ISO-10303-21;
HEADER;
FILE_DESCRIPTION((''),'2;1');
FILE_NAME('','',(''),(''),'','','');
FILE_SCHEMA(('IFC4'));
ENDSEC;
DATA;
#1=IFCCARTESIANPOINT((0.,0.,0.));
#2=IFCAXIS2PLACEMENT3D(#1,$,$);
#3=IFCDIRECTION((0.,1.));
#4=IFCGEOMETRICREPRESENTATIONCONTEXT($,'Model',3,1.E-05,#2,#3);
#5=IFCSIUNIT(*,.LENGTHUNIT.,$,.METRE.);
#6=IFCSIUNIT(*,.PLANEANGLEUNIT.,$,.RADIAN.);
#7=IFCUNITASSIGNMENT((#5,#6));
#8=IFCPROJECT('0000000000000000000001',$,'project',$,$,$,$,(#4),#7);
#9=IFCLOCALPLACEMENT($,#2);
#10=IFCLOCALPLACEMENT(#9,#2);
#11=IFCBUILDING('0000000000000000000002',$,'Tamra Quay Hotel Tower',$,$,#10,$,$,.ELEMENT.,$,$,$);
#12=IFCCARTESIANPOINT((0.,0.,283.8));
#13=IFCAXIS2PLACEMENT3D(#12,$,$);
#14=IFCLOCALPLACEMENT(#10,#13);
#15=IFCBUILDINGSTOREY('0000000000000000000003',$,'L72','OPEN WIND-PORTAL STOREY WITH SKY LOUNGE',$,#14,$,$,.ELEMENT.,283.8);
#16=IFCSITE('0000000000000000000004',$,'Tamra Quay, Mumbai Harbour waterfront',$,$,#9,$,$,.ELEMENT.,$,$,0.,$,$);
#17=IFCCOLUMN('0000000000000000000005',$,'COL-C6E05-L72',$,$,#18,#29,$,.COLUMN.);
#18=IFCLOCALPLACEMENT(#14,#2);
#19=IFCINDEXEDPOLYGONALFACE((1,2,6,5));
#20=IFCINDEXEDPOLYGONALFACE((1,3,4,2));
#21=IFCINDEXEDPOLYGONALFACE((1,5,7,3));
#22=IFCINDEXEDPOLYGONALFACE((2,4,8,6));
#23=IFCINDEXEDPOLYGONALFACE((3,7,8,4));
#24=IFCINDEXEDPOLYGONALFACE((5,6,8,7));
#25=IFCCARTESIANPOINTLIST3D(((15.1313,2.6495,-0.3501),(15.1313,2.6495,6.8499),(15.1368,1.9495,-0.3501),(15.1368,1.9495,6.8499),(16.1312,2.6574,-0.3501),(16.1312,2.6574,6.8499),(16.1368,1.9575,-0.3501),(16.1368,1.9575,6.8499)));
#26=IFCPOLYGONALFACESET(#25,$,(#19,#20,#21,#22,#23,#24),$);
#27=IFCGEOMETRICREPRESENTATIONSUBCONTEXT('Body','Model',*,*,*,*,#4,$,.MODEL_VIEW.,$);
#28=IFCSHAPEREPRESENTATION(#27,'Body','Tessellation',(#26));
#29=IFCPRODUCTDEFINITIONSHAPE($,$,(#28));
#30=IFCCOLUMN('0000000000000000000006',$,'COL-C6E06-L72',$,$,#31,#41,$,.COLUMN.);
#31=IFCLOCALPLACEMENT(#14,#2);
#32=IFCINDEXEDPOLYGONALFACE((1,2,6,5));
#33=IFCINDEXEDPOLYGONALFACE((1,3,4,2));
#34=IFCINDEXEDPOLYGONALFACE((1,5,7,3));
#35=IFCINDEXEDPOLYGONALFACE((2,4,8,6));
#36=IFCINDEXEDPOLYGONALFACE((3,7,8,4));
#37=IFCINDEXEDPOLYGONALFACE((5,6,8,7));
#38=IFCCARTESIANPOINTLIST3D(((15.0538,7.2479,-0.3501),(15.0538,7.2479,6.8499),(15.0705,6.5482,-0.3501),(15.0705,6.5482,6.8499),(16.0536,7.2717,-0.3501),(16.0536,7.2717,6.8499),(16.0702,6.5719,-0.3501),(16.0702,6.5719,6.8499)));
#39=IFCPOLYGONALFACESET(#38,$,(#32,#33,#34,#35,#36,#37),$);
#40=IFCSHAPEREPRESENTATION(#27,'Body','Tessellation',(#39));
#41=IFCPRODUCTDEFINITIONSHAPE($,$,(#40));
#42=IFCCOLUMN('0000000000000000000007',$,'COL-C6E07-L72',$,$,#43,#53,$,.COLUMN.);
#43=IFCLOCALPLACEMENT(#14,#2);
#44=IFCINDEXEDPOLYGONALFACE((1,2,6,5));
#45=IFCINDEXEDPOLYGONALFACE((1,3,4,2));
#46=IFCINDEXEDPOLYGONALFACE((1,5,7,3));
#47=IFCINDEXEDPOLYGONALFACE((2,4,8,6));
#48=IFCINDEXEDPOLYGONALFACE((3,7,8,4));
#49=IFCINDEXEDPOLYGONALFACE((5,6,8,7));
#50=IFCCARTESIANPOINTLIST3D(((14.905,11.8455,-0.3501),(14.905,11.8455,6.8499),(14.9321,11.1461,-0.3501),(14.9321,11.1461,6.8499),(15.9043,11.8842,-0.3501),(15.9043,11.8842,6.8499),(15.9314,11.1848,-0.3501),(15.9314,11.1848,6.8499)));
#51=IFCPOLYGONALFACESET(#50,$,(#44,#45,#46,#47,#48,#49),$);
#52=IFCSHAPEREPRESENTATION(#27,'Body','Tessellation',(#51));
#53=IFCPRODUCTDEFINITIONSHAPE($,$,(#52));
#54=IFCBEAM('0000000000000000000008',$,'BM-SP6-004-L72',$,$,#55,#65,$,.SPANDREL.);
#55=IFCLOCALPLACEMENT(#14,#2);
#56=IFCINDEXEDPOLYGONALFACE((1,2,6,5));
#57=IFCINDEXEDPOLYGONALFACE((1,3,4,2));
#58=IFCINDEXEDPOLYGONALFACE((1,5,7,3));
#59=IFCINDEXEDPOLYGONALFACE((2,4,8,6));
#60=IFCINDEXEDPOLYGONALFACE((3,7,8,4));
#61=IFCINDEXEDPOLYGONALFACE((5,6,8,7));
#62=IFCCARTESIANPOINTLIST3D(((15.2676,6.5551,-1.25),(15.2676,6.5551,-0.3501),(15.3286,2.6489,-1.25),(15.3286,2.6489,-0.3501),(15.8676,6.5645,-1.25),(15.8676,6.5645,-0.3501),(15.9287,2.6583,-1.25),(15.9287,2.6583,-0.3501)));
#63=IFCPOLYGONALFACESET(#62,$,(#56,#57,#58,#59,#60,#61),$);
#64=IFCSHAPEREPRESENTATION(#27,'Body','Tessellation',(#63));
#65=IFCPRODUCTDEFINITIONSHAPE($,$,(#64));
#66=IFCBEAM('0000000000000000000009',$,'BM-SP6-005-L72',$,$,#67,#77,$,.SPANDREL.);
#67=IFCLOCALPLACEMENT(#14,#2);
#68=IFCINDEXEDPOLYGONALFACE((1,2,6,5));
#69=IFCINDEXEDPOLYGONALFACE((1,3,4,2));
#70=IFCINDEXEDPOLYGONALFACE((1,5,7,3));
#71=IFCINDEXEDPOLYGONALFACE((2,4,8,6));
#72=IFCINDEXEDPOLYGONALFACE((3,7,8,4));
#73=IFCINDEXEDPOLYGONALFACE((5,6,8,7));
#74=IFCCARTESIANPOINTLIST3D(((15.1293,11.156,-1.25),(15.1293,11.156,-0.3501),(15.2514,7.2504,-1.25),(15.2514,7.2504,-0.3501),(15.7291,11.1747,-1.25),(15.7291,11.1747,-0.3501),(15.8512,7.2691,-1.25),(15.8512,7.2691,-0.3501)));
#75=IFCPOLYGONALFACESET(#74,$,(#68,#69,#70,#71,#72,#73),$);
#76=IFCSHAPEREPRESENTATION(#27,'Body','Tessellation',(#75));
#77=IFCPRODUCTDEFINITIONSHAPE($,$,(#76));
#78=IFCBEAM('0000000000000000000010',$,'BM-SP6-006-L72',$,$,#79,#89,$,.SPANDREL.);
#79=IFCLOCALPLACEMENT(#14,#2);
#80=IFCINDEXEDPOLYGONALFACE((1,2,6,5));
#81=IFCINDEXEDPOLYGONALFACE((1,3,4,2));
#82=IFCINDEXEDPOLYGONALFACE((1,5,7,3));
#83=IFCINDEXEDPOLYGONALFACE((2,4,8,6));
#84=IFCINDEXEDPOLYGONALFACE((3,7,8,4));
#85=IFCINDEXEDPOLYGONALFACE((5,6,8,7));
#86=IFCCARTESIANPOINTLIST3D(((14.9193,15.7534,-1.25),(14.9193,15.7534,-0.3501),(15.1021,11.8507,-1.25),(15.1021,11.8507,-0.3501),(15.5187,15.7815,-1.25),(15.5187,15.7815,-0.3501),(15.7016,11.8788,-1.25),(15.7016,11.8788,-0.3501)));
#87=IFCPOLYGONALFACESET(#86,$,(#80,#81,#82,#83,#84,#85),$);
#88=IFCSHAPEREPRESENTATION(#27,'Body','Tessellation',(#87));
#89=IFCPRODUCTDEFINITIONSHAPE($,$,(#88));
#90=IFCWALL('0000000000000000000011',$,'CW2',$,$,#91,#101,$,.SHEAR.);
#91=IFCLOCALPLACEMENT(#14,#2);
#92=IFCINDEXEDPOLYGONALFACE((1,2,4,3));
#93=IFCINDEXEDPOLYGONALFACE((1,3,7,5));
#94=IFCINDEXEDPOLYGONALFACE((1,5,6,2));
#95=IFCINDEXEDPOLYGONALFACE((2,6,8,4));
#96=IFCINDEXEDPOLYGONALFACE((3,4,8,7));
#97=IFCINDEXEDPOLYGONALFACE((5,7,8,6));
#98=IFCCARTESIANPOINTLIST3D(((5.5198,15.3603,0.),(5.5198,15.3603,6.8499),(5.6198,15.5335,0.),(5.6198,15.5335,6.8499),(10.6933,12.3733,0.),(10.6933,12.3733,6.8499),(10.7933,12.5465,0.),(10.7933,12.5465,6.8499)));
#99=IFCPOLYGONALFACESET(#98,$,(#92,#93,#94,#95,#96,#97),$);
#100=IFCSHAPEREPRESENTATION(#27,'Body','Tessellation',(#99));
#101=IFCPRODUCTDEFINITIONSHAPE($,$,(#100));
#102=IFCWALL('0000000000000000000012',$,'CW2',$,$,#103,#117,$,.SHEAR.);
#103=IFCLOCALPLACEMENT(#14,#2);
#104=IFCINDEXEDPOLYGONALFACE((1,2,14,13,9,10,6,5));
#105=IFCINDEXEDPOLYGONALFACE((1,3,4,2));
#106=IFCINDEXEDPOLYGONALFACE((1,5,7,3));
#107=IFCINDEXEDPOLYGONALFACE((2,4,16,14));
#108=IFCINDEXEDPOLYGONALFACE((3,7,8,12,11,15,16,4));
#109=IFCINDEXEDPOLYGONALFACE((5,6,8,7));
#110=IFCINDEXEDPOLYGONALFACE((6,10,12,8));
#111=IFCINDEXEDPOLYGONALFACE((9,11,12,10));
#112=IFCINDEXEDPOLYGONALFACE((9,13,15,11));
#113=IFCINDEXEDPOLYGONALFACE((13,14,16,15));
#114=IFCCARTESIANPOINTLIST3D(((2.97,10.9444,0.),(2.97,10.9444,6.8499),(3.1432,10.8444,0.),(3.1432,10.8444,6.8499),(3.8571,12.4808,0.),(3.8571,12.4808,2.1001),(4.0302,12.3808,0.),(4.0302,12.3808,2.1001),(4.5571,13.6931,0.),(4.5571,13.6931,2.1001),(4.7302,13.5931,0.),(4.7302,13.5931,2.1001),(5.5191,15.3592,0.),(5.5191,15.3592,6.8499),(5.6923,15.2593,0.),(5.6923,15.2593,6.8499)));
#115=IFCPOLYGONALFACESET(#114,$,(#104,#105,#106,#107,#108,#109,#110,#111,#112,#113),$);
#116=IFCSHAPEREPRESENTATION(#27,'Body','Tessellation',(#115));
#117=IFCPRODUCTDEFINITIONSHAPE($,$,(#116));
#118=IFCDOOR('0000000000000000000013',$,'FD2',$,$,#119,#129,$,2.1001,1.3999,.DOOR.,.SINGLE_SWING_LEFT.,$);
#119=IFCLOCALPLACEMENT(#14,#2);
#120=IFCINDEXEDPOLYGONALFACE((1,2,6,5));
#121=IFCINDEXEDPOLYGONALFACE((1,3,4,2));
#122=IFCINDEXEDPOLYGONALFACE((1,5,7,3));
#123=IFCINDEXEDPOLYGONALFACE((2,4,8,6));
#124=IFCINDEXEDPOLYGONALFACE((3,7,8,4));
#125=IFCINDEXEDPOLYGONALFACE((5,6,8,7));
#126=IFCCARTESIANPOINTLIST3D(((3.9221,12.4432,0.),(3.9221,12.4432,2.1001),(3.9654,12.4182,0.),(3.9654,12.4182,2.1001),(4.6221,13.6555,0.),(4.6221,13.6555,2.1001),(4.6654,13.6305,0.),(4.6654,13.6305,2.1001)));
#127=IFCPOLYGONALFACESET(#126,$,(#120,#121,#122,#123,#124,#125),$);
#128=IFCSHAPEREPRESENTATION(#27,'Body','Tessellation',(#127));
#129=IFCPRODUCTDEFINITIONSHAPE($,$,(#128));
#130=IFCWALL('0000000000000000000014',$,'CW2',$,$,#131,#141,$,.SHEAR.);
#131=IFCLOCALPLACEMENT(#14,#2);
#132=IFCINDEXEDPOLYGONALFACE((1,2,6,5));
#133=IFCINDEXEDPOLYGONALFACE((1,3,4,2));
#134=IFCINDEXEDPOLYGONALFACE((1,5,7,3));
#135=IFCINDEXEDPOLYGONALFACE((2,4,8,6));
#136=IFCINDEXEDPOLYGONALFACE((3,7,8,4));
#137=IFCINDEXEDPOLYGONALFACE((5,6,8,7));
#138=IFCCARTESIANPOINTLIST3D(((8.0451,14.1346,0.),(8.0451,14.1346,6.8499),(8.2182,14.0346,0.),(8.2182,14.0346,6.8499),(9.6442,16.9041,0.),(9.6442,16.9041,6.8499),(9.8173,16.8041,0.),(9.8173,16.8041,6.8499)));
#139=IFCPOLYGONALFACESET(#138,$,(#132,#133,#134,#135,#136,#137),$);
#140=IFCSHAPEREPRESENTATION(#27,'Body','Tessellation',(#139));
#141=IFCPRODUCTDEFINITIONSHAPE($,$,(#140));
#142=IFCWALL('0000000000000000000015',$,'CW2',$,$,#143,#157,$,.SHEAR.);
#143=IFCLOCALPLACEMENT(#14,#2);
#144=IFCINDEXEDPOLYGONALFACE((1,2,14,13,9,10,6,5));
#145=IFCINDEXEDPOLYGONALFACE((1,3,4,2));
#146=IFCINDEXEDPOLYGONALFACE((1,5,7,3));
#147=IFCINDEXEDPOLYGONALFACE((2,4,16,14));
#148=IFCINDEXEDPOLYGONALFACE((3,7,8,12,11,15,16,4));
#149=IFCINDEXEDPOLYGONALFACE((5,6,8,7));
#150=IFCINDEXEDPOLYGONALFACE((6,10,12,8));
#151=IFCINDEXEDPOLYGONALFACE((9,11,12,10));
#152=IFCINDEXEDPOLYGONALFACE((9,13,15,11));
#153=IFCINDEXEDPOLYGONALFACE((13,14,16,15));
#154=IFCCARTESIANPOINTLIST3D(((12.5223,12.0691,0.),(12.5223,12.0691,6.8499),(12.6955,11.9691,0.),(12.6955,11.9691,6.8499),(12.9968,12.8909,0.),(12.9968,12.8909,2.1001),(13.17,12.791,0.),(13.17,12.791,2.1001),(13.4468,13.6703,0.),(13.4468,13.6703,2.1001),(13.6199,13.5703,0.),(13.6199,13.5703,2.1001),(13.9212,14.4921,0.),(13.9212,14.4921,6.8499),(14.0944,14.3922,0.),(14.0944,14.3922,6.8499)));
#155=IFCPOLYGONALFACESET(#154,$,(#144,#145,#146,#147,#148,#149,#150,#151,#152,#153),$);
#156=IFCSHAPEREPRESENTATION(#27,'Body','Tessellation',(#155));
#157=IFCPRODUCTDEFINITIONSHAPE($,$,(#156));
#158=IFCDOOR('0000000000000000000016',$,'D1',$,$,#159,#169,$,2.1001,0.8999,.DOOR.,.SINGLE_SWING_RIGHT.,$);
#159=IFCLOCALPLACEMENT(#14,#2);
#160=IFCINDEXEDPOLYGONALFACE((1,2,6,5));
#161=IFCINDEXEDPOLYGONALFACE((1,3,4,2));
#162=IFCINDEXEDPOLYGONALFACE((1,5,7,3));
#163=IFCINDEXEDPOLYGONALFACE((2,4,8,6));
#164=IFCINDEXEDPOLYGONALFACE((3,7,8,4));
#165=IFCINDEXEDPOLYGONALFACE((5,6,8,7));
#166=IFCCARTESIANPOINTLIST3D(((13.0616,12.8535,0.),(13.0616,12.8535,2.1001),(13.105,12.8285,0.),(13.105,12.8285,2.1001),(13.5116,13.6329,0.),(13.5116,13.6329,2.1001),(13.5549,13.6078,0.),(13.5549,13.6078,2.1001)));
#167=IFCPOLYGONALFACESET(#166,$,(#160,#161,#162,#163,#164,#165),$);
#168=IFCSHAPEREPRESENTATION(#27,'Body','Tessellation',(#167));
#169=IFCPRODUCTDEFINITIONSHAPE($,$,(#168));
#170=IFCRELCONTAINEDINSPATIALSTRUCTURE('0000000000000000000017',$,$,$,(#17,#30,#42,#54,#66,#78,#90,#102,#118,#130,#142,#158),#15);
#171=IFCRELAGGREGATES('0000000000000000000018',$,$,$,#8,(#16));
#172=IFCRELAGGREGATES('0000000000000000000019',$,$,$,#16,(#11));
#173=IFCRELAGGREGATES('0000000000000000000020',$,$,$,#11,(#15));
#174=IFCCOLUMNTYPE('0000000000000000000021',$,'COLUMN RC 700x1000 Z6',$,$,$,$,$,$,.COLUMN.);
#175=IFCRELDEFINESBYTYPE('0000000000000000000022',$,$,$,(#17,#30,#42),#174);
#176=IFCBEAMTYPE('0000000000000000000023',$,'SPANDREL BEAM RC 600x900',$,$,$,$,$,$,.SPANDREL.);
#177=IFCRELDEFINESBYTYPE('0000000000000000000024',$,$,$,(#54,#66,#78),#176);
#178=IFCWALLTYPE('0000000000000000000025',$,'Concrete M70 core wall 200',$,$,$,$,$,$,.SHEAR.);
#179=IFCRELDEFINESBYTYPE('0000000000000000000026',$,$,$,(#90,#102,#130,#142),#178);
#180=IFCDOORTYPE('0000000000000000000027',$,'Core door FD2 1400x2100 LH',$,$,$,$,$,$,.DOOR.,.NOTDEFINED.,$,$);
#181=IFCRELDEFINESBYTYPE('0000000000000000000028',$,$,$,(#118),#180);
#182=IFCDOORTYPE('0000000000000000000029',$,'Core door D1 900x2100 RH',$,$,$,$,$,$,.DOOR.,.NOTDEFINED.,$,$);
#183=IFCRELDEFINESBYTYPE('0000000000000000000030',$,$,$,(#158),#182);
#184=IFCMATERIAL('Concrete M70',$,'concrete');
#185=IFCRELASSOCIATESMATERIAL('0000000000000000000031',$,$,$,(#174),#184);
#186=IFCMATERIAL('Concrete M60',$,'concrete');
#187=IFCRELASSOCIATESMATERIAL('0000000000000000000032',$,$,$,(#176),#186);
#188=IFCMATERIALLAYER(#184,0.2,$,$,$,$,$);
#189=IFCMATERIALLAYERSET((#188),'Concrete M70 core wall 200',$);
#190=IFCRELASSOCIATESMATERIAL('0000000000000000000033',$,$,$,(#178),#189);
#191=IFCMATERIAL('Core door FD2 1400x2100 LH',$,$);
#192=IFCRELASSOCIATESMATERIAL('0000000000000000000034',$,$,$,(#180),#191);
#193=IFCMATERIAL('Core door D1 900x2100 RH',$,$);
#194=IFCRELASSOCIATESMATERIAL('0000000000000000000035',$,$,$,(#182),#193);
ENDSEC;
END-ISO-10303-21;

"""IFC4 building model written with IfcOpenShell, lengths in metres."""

from ifc_helpers import new_model, si_unit, direction, frame, frame_2d, origin, origin_2d, place, context, subcontext, project, spatial, rectangle, extrude, material, layer, layer_set, material_profile, profile_set, type_object, element, fill, save


model = new_model("IFC4")

# Units and contexts
model_context = context("Model", 3, precision=1e-05, world=origin(), true_north=direction((0.0, 1.0)))
body_context = subcontext(model_context, "Body", "Model", "MODEL_VIEW")
ifc_project = project(units=[si_unit("LENGTHUNIT", "METRE"), si_unit("PLANEANGLEUNIT", "RADIAN")], contexts=[model_context])

# Site, building, storey
site_placement = place(None, origin())
site = spatial("IfcSite", under=ifc_project, at=site_placement, Name="Tamra Quay, Mumbai Harbour waterfront", CompositionType="ELEMENT", RefElevation=0.0)
building_placement = place(site_placement, origin())
building = spatial("IfcBuilding", under=site, at=building_placement, Name="Tamra Quay Hotel Tower", CompositionType="ELEMENT")
storey_placement = place(building_placement, frame((0.0, 0.0, 283.8)))
storey = spatial("IfcBuildingStorey", under=building, at=storey_placement, Name="L72", Description="OPEN WIND-PORTAL STOREY WITH SKY LOUNGE", CompositionType="ELEMENT", Elevation=283.8)

# Columns
ifc_material_1 = material(Name="Concrete M70", Category="concrete")
ifc_material_profile_1 = material_profile(ifc_material_1, rectangle(XDim=1.0, YDim=0.7, at=origin_2d()), Name="COLUMN RC 700x1000 Z6")
ifc_profile_set_1 = profile_set([ifc_material_profile_1], Name="Concrete M70")
column_type = type_object("IfcColumnType", Name="COLUMN RC 700x1000 Z6", PredefinedType="COLUMN", material=ifc_profile_set_1)
for number, where, z_axis, x_axis, name in (
    (1, (15.634, 2.3035, -0.3501), (0.0, 0.0, 1.0), (0.999969, 0.00792, 0.0), "COL-C6E05-L72"),
    (2, (15.562, 6.9099, -0.3501), (0.0, 0.0, 1.0), (0.999718, 0.023753, 0.0), "COL-C6E06-L72"),
    (3, (15.4182, 11.5151, -0.3501), (0.0, 0.0, 1.0), (0.999251, 0.038691, 0.0), "COL-C6E07-L72"),
):
    element("IfcColumn", number, at=place(storey_placement, frame(where, z_axis=z_axis, x_axis=x_axis)), inside=storey, type_object=column_type, Name=name, PredefinedType="COLUMN", context=body_context, shape_type="SweptSolid", body=[
        extrude(rectangle(XDim=1.0, YDim=0.7, at=origin_2d()), origin(), (0.0, 0.0, 1.0), 7.2),
    ])

# Beams
ifc_material_2 = material(Name="Concrete M60", Category="concrete")
ifc_material_profile_2 = material_profile(ifc_material_2, rectangle(XDim=0.6001, YDim=0.8999, at=origin_2d()), Name="SPANDREL BEAM RC 600x900")
ifc_profile_set_2 = profile_set([ifc_material_profile_2], Name="Concrete M60")
beam_type = type_object("IfcBeamType", Name="SPANDREL BEAM RC 600x900", PredefinedType="SPANDREL", material=ifc_profile_set_2)
beam_1_placement = place(storey_placement, frame((15.6287, 2.6536, -0.8), z_axis=(-0.015623, 0.999878, 0.0), x_axis=(-0.999878, -0.015623, 0.0)))
element("IfcBeam", 4, at=beam_1_placement, inside=storey, type_object=beam_type, Name="BM-SP6-004-L72", PredefinedType="SPANDREL", context=body_context, shape_type="SweptSolid", body=[
    extrude(rectangle(XDim=0.6001, YDim=0.8999, at=origin_2d()), origin(), (0.0, 0.0, 1.0), 3.9067),
])
beam_2_placement = place(storey_placement, frame((15.5513, 7.2598, -0.8), z_axis=(-0.031241, 0.999512, 0.0), x_axis=(-0.999512, -0.031241, 0.0)))
element("IfcBeam", 5, at=beam_2_placement, inside=storey, type_object=beam_type, Name="BM-SP6-005-L72", PredefinedType="SPANDREL", context=body_context, shape_type="SweptSolid", body=[
    extrude(rectangle(XDim=0.6001, YDim=0.8999, at=origin_2d()), origin(), (0.0, 0.0, 1.0), 3.9075),
])
beam_3_placement = place(storey_placement, frame((15.4019, 11.8647, -0.8), z_axis=(-0.046805, 0.998904, 0.0), x_axis=(-0.998904, -0.046805, 0.0)))
element("IfcBeam", 6, at=beam_3_placement, inside=storey, type_object=beam_type, Name="BM-SP6-006-L72", PredefinedType="SPANDREL", context=body_context, shape_type="SweptSolid", body=[
    extrude(rectangle(XDim=0.6001, YDim=0.8999, at=origin_2d()), origin(), (0.0, 0.0, 1.0), 3.907),
])

# Wall
ifc_layer_1 = layer(ifc_material_1, 0.2)
ifc_layer_set_1 = layer_set([ifc_layer_1], Name="Concrete M70 core wall 200")
wall_type_1 = type_object("IfcWallType", Name="Concrete M70 core wall 200", PredefinedType="SHEAR", material=ifc_layer_set_1)
wall_1_placement = place(storey_placement, frame((10.7432, 12.46, 0.0), z_axis=(0.0, 0.0, 1.0), x_axis=(-0.866019, 0.500011, 0.0)))
element("IfcWall", 7, at=wall_1_placement, inside=storey, type_object=wall_type_1, Name="CW2", PredefinedType="SHEAR", context=body_context, shape_type="SweptSolid", body=[
    extrude(rectangle(XDim=5.9739, YDim=0.2, at=frame_2d((2.9868, 0.0))), origin(), (0.0, 0.0, 1.0), 6.8499),
])

# Wall, opening, door
wall_2_placement = place(storey_placement, frame((3.0566, 10.8945, 0.0), z_axis=(0.0, 0.0, 1.0), x_axis=(0.500028, 0.866009, 0.0)))
wall_2 = element("IfcWall", 8, at=wall_2_placement, inside=storey, type_object=wall_type_1, Name="CW2", PredefinedType="SHEAR", context=body_context, shape_type="SweptSolid", body=[
    extrude(rectangle(XDim=5.0979, YDim=0.2, at=frame_2d((2.5488, 0.0))), origin(), (0.0, 0.0, 1.0), 6.8499),
])
opening_1_placement = place(wall_2_placement, frame((1.7739, 0.0, 0.0)))
opening_1 = element("IfcOpeningElement", 9, at=opening_1_placement, cuts=wall_2, PredefinedType="OPENING", context=body_context, shape_type="SweptSolid", body=[
    extrude(rectangle(XDim=1.3999, YDim=2.1001, at=frame_2d((0.7, 1.05))), frame((0.0, 0.1099, 0.0), z_axis=(0.0, -1.0, 0.0), x_axis=(1.0, 0.0, 0.0)), (0.0, 0.0, 1.0), 0.22),
])
ifc_material_3 = material(Name="Core door FD2 1400x2100 LH")
door_type_1 = type_object("IfcDoorType", Name="Core door FD2 1400x2100 LH", OperationType="NOTDEFINED", PredefinedType="DOOR", material=ifc_material_3)
door_1_placement = place(opening_1_placement, origin())
door_1 = element("IfcDoor", 10, at=door_1_placement, inside=storey, type_object=door_type_1, Name="FD2", OperationType="SINGLE_SWING_LEFT", OverallHeight=2.1001, OverallWidth=1.3999, PredefinedType="DOOR", context=body_context, shape_type="SweptSolid", body=[
    extrude(rectangle(XDim=1.3999, YDim=2.1001, at=frame_2d((0.7, 1.05))), frame((0.0, 0.0249, 0.0), z_axis=(0.0, -1.0, 0.0), x_axis=(1.0, 0.0, 0.0)), (0.0, 0.0, 1.0), 0.05),
])
fill(opening_1, door_1)

# Wall
wall_3_placement = place(storey_placement, frame((8.1316, 14.0845, 0.0), z_axis=(0.0, 0.0, 1.0), x_axis=(0.500031, 0.866008, 0.0)))
element("IfcWall", 11, at=wall_3_placement, inside=storey, type_object=wall_type_1, Name="CW2", PredefinedType="SHEAR", context=body_context, shape_type="SweptSolid", body=[
    extrude(rectangle(XDim=3.198, YDim=0.2, at=frame_2d((1.5991, 0.0))), origin(), (0.0, 0.0, 1.0), 6.8499),
])

# Wall, opening, door
wall_4_placement = place(storey_placement, frame((14.0078, 14.4421, 0.0), z_axis=(0.0, 0.0, 1.0), x_axis=(-0.499987, -0.866033, 0.0)))
wall_4 = element("IfcWall", 12, at=wall_4_placement, inside=storey, type_object=wall_type_1, Name="CW2", PredefinedType="SHEAR", context=body_context, shape_type="SweptSolid", body=[
    extrude(rectangle(XDim=2.7979, YDim=0.2, at=frame_2d((1.3989, 0.0))), origin(), (0.0, 0.0, 1.0), 6.8499),
])
opening_2_placement = place(wall_4_placement, frame((0.949, 0.0, 0.0)))
opening_2 = element("IfcOpeningElement", 13, at=opening_2_placement, cuts=wall_4, PredefinedType="OPENING", context=body_context, shape_type="SweptSolid", body=[
    extrude(rectangle(XDim=0.8999, YDim=2.1001, at=frame_2d((0.45, 1.05))), frame((0.0, 0.1099, 0.0), z_axis=(0.0, -1.0, 0.0), x_axis=(1.0, 0.0, 0.0)), (0.0, 0.0, 1.0), 0.22),
])
ifc_material_4 = material(Name="Core door D1 900x2100 RH")
door_type_2 = type_object("IfcDoorType", Name="Core door D1 900x2100 RH", OperationType="NOTDEFINED", PredefinedType="DOOR", material=ifc_material_4)
door_2_placement = place(opening_2_placement, origin())
door_2 = element("IfcDoor", 14, at=door_2_placement, inside=storey, type_object=door_type_2, Name="D1", OperationType="SINGLE_SWING_RIGHT", OverallHeight=2.1001, OverallWidth=0.8999, PredefinedType="DOOR", context=body_context, shape_type="SweptSolid", body=[
    extrude(rectangle(XDim=0.8999, YDim=2.1001, at=frame_2d((0.45, 1.05))), frame((0.0, 0.0249, 0.0), z_axis=(0.0, -1.0, 0.0), x_axis=(1.0, 0.0, 0.0)), (0.0, 0.0, 1.0), 0.05),
])
fill(opening_2, door_2)

save(model, "model.ifc")
